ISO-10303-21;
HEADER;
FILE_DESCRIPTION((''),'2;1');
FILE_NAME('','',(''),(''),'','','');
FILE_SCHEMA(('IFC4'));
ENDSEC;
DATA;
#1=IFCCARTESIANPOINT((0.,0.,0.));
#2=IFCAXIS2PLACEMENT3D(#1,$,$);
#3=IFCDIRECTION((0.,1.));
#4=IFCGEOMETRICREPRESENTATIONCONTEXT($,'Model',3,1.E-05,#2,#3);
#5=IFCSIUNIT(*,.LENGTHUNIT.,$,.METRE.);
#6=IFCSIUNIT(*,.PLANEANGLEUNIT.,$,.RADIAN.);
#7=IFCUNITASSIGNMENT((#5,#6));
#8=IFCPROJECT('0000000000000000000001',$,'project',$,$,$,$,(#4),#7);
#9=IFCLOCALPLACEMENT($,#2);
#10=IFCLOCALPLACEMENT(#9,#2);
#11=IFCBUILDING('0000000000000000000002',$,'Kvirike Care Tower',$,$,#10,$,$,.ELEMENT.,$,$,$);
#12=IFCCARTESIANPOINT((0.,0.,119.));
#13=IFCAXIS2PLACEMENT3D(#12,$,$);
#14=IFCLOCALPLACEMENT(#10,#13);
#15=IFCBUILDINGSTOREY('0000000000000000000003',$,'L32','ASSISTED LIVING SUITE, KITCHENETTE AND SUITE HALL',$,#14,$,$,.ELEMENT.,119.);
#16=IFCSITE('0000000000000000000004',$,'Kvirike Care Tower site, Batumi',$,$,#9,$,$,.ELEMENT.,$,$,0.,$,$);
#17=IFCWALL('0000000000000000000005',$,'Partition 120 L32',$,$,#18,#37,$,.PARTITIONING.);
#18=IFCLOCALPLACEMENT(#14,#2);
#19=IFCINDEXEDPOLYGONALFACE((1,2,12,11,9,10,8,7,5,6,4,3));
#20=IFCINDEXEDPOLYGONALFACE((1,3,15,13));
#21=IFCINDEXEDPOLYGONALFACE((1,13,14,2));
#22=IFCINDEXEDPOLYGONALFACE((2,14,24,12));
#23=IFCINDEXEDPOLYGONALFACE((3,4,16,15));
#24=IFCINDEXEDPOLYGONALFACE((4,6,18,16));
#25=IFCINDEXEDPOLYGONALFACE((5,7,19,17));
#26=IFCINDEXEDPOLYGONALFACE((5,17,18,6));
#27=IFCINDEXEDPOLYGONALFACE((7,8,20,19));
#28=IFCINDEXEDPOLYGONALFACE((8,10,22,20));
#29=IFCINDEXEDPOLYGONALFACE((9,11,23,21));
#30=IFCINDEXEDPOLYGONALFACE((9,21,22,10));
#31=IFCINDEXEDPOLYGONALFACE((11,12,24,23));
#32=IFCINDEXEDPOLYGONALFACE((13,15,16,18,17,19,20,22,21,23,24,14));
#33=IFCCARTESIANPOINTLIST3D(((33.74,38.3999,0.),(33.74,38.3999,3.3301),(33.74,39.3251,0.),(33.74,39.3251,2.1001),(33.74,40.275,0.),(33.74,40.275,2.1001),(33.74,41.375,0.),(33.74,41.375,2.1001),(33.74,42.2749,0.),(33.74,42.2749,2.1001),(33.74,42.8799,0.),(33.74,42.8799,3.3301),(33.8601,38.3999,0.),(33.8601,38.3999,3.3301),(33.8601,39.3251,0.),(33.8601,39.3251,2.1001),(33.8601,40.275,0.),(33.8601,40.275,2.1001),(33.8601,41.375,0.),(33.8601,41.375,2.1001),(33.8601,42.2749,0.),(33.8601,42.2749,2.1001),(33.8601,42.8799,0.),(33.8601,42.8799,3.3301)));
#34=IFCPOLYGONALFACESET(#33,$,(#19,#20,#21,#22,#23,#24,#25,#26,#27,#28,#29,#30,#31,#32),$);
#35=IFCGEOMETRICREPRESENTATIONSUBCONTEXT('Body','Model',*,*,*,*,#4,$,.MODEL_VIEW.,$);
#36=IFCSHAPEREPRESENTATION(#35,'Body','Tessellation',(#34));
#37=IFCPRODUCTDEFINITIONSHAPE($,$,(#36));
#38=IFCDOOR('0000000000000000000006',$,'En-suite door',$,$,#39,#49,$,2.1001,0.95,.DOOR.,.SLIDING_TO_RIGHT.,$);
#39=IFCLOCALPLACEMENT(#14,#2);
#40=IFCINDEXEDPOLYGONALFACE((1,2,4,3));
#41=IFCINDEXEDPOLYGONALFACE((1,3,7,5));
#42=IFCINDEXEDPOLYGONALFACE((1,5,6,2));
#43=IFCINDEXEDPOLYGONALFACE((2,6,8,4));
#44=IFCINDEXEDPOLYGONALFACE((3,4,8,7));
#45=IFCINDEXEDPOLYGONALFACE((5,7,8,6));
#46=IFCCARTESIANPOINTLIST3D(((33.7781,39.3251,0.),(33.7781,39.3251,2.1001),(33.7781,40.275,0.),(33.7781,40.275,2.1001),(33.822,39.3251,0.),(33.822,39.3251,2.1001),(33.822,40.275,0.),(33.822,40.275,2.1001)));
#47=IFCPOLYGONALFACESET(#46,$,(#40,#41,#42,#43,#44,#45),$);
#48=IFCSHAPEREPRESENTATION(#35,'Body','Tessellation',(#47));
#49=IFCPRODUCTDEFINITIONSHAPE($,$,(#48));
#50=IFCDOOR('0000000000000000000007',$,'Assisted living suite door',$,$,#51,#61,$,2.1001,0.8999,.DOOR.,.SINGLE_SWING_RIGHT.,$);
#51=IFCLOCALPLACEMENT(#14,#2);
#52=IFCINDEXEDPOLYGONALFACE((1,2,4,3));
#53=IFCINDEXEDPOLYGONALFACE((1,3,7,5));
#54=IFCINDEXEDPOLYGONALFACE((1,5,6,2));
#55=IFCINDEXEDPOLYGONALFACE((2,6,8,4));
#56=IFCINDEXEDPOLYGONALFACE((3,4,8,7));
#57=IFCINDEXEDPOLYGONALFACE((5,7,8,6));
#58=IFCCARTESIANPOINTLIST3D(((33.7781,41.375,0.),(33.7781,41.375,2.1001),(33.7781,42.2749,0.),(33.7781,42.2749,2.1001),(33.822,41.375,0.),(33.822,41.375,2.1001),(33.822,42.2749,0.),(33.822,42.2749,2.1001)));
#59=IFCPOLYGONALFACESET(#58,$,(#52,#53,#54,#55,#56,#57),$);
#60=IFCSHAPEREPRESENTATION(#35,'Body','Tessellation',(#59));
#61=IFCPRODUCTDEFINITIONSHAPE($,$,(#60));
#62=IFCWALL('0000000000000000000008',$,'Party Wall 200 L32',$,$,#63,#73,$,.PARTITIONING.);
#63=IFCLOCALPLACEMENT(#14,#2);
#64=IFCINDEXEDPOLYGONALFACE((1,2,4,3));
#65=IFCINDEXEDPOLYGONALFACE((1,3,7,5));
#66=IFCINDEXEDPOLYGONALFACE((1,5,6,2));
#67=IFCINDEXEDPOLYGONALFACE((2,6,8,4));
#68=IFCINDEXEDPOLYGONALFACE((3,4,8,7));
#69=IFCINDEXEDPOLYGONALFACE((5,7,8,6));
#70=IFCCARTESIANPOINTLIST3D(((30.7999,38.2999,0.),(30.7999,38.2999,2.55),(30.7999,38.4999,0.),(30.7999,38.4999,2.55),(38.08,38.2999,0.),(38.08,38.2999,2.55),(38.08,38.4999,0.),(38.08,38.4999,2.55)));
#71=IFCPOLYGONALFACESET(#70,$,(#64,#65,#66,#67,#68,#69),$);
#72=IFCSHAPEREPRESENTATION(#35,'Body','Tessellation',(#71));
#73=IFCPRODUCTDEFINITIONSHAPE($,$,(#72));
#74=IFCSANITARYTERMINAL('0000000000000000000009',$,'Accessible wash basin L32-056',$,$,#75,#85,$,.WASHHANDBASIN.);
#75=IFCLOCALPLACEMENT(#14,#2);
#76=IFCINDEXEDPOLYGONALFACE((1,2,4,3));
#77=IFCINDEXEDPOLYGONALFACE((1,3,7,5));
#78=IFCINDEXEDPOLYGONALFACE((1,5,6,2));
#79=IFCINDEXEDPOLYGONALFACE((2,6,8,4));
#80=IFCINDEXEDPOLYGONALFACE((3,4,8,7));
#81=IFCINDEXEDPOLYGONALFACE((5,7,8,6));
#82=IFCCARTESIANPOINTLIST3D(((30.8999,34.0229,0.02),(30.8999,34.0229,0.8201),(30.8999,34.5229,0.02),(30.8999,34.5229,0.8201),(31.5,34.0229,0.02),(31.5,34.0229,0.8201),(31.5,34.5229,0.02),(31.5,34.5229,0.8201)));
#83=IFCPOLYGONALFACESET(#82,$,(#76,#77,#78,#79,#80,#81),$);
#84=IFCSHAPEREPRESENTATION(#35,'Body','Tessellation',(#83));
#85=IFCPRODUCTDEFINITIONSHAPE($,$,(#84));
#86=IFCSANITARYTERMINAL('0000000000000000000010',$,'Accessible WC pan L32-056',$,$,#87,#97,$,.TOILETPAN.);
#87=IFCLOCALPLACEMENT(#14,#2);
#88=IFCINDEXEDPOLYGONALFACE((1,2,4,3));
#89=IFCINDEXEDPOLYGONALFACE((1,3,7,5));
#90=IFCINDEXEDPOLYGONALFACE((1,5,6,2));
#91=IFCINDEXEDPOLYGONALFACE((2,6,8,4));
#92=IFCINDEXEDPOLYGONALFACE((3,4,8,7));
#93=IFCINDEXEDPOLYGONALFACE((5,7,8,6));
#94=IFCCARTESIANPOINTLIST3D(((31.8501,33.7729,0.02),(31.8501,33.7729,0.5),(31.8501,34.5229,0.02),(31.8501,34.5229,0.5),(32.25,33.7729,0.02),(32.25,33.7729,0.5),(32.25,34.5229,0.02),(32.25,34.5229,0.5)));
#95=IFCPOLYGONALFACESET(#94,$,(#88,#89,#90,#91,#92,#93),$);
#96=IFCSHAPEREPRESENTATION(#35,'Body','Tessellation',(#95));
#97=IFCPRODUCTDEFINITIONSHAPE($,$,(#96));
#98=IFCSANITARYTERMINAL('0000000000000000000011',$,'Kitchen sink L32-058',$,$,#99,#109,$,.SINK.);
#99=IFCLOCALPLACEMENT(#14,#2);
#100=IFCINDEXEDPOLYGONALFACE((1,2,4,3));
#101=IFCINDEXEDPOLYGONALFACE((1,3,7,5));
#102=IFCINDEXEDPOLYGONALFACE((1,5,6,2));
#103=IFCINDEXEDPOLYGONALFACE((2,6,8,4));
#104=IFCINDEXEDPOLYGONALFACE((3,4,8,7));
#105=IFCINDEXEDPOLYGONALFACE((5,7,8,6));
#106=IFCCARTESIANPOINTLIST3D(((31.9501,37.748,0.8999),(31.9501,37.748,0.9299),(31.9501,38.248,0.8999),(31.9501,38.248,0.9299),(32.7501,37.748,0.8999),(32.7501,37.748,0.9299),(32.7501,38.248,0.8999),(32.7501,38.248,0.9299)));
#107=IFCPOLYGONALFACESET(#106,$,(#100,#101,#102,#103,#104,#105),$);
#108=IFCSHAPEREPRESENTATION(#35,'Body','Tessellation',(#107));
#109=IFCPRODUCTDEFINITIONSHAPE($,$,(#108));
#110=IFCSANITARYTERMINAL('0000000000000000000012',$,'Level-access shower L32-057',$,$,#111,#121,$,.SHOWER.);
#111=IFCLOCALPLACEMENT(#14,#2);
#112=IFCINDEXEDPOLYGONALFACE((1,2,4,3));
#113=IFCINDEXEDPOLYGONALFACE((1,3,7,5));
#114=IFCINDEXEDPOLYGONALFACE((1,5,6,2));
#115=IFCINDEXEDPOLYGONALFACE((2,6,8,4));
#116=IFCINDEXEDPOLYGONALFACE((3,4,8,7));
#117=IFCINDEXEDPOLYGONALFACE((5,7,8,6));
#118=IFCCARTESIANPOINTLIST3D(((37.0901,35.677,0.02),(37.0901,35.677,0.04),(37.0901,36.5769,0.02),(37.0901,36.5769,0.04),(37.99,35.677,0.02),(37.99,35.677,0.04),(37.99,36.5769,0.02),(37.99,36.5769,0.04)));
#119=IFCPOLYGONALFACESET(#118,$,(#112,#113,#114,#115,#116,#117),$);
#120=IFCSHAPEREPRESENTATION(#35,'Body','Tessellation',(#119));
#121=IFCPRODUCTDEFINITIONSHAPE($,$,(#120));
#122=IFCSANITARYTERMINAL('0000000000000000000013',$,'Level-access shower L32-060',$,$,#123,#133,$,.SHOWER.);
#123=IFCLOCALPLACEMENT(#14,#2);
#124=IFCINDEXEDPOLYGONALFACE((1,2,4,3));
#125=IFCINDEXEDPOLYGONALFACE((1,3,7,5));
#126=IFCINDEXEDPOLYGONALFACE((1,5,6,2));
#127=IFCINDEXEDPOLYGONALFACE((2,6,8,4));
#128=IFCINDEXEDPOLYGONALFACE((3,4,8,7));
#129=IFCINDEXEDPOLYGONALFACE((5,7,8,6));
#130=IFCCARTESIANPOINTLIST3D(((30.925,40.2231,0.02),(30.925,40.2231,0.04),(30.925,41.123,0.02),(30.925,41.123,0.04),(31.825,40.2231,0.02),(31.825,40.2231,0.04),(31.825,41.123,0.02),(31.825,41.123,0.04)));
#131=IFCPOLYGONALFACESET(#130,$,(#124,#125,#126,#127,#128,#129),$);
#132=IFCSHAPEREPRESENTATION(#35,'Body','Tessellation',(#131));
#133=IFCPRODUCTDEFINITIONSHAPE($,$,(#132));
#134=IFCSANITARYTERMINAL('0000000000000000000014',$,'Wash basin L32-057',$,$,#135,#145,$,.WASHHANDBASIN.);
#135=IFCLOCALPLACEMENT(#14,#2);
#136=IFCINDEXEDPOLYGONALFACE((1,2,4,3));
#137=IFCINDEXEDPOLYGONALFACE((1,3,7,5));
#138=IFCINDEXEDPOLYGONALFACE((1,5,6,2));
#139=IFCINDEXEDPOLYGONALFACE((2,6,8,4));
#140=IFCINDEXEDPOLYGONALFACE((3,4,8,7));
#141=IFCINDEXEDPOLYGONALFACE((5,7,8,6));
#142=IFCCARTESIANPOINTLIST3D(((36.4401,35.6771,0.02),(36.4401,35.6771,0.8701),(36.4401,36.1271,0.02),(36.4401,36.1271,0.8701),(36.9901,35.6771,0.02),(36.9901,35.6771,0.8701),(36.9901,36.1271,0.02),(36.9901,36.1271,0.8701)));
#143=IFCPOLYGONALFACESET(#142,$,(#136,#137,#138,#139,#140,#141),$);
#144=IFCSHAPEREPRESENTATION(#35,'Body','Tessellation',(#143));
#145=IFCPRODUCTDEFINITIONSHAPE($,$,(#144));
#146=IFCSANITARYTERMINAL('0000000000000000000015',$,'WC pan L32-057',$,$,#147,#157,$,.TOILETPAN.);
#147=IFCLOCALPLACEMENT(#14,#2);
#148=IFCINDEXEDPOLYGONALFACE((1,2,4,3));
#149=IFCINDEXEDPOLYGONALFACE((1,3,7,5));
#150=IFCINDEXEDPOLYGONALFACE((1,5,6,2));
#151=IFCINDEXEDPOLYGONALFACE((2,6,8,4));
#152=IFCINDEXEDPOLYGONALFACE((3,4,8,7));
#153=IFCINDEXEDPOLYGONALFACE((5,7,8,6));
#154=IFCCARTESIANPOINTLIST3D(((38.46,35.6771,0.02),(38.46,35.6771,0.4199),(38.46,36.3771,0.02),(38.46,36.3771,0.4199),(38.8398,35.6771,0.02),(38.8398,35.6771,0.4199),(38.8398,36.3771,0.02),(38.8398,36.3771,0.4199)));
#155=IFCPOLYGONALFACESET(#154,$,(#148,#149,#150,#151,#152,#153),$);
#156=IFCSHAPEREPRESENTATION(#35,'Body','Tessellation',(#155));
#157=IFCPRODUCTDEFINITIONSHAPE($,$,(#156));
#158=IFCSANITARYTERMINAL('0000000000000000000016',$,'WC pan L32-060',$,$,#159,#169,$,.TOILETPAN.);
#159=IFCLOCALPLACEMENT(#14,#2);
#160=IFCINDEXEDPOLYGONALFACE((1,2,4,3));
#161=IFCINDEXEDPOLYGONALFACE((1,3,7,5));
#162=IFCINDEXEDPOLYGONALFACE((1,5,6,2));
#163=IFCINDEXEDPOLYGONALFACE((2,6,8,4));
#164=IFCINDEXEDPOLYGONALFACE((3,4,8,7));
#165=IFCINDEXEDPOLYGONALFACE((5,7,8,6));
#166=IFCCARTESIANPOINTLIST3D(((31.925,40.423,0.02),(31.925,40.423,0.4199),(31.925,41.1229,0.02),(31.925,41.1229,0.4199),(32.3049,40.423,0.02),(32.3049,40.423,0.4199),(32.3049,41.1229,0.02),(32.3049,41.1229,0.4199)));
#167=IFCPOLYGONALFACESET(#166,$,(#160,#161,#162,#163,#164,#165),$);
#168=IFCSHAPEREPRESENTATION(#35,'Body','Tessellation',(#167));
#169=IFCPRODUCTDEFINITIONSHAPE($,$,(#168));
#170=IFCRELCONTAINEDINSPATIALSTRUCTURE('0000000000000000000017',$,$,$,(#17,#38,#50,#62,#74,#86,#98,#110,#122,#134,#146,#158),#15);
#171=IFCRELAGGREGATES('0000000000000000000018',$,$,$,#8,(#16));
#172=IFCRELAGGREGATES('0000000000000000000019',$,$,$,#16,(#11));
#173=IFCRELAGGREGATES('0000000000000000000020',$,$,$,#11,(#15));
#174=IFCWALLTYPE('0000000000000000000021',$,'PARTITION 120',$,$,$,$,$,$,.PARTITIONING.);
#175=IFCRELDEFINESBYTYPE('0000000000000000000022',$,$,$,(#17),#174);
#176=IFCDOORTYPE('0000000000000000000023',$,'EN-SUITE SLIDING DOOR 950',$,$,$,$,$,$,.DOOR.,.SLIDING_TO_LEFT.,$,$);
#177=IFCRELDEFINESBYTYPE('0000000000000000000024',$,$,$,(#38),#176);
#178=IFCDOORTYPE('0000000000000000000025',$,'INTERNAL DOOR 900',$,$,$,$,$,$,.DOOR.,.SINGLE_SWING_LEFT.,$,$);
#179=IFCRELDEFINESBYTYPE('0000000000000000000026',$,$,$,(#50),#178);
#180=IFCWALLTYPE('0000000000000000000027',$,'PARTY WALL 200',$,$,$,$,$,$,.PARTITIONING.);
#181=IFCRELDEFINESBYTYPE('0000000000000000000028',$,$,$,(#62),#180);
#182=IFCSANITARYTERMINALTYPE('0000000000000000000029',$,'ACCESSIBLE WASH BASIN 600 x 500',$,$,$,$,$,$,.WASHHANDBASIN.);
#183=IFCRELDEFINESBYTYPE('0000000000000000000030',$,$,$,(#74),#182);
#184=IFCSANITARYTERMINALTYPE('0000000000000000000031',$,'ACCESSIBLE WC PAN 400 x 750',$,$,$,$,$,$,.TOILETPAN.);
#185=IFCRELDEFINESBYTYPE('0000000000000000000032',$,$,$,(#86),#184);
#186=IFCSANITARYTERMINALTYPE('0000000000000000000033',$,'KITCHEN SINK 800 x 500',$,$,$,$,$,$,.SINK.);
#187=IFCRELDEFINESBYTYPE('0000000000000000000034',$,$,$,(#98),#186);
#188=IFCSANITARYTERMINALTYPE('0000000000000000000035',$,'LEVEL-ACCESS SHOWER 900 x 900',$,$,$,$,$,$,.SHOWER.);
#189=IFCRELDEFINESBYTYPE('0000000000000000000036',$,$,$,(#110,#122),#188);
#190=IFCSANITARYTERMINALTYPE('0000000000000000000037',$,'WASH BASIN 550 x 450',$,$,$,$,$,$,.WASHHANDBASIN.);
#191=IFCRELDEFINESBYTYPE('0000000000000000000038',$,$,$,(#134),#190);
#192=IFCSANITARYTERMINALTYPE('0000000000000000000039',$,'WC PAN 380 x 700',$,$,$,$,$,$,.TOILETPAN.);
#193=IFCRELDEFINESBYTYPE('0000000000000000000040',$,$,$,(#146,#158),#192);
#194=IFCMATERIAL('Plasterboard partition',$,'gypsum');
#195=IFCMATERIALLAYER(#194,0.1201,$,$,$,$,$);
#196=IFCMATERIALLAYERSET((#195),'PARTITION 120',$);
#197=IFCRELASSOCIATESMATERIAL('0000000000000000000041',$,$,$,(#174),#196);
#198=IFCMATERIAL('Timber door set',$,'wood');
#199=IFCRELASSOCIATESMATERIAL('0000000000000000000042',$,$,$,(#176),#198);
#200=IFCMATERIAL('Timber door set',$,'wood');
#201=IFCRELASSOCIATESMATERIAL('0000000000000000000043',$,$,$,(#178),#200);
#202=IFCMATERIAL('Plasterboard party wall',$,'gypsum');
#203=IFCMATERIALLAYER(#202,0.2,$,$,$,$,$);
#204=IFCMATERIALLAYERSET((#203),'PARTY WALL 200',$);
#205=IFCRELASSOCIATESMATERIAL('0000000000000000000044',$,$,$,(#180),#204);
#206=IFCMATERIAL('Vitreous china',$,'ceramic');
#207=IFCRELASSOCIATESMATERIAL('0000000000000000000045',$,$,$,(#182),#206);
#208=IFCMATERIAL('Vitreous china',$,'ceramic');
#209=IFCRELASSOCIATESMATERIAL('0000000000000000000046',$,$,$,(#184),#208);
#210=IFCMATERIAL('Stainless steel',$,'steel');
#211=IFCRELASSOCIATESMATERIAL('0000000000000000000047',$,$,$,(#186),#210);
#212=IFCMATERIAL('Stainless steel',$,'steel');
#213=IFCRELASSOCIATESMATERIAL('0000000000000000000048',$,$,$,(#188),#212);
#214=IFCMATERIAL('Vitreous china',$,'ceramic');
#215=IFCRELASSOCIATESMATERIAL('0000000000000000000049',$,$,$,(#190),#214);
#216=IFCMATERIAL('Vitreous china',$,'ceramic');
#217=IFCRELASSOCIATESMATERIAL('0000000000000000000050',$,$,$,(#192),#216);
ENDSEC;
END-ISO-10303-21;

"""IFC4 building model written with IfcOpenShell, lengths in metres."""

from ifc_helpers import new_model, si_unit, direction, frame, frame_2d, origin, origin_2d, place, context, subcontext, project, spatial, rectangle, extrude, material, layer, layer_set, type_object, element, fill, save


model = new_model("IFC4")

# Units and contexts
model_context = context("Model", 3, precision=1e-05, world=origin(), true_north=direction((0.0, 1.0)))
body_context = subcontext(model_context, "Body", "Model", "MODEL_VIEW")
ifc_project = project(units=[si_unit("LENGTHUNIT", "METRE"), si_unit("PLANEANGLEUNIT", "RADIAN")], contexts=[model_context])

# Site, building, storey
site_placement = place(None, origin())
site = spatial("IfcSite", under=ifc_project, at=site_placement, Name="Kvirike Care Tower site, Batumi", CompositionType="ELEMENT", RefElevation=0.0)
building_placement = place(site_placement, origin())
building = spatial("IfcBuilding", under=site, at=building_placement, Name="Kvirike Care Tower", CompositionType="ELEMENT")
storey_placement = place(building_placement, frame((0.0, 0.0, 119.0)))
storey = spatial("IfcBuildingStorey", under=building, at=storey_placement, Name="L32", Description="ASSISTED LIVING SUITE, KITCHENETTE AND SUITE HALL", CompositionType="ELEMENT", Elevation=119.0)

# Wall, openings, doors
ifc_material_1 = material(Name="Plasterboard partition", Category="gypsum")
ifc_layer_1 = layer(ifc_material_1, 0.1201)
ifc_layer_set_1 = layer_set([ifc_layer_1], Name="PARTITION 120")
wall_type_1 = type_object("IfcWallType", Name="PARTITION 120", PredefinedType="PARTITIONING", material=ifc_layer_set_1)
wall_1_placement = place(storey_placement, frame((33.8, 38.3999, 0.0), z_axis=(0.0, 0.0, 1.0), x_axis=(0.0, 1.0, 0.0)))
wall_1 = element("IfcWall", 1, at=wall_1_placement, inside=storey, type_object=wall_type_1, Name="Partition 120 L32", PredefinedType="PARTITIONING", context=body_context, shape_type="SweptSolid", body=[
    extrude(rectangle(XDim=4.48, YDim=0.1201, at=frame_2d((2.24, 0.0))), origin(), (0.0, 0.0, 1.0), 3.3301),
])
opening_1_placement = place(wall_1_placement, frame((2.9751, 0.0, 0.0)))
opening_1 = element("IfcOpeningElement", 2, at=opening_1_placement, cuts=wall_1, PredefinedType="OPENING", context=body_context, shape_type="SweptSolid", body=[
    extrude(rectangle(XDim=0.8999, YDim=2.1001, at=frame_2d((0.45, 1.05))), frame((0.0, 0.0706, 0.0), z_axis=(0.0, -1.0, 0.0), x_axis=(1.0, 0.0, 0.0)), (0.0, 0.0, 1.0), 0.1411),
])
opening_2_placement = place(wall_1_placement, frame((0.925, 0.0, 0.0)))
opening_2 = element("IfcOpeningElement", 3, at=opening_2_placement, cuts=wall_1, PredefinedType="OPENING", context=body_context, shape_type="SweptSolid", body=[
    extrude(rectangle(XDim=0.95, YDim=2.1001, at=frame_2d((0.4751, 1.05))), frame((0.0, 0.0706, 0.0), z_axis=(0.0, -1.0, 0.0), x_axis=(1.0, 0.0, 0.0)), (0.0, 0.0, 1.0), 0.1411),
])
ifc_material_2 = material(Name="Timber door set", Category="wood")
door_type_1 = type_object("IfcDoorType", Name="EN-SUITE SLIDING DOOR 950", OperationType="SLIDING_TO_LEFT", PredefinedType="DOOR", material=ifc_material_2)
door_1_placement = place(opening_2_placement, origin())
door_1 = element("IfcDoor", 4, at=door_1_placement, inside=storey, type_object=door_type_1, Name="En-suite door", OperationType="SLIDING_TO_RIGHT", OverallHeight=2.1001, OverallWidth=0.95, PredefinedType="DOOR", context=body_context, shape_type="SweptSolid", body=[
    extrude(rectangle(XDim=0.95, YDim=2.1001, at=frame_2d((0.4751, 1.05))), frame((0.0, 0.022, 0.0), z_axis=(0.0, -1.0, 0.0), x_axis=(1.0, 0.0, 0.0)), (0.0, 0.0, 1.0), 0.0439),
])
fill(opening_2, door_1)
ifc_material_3 = material(Name="Timber door set", Category="wood")
door_type_2 = type_object("IfcDoorType", Name="INTERNAL DOOR 900", OperationType="SINGLE_SWING_LEFT", PredefinedType="DOOR", material=ifc_material_3)
door_2_placement = place(opening_1_placement, origin())
door_2 = element("IfcDoor", 5, at=door_2_placement, inside=storey, type_object=door_type_2, Name="Assisted living suite door", OperationType="SINGLE_SWING_RIGHT", OverallHeight=2.1001, OverallWidth=0.8999, PredefinedType="DOOR", context=body_context, shape_type="SweptSolid", body=[
    extrude(rectangle(XDim=0.8999, YDim=2.1001, at=frame_2d((0.45, 1.05))), frame((0.0, 0.022, 0.0), z_axis=(0.0, -1.0, 0.0), x_axis=(1.0, 0.0, 0.0)), (0.0, 0.0, 1.0), 0.0439),
])
fill(opening_1, door_2)

# Wall
ifc_material_4 = material(Name="Plasterboard party wall", Category="gypsum")
ifc_layer_2 = layer(ifc_material_4, 0.2)
ifc_layer_set_2 = layer_set([ifc_layer_2], Name="PARTY WALL 200")
wall_type_2 = type_object("IfcWallType", Name="PARTY WALL 200", PredefinedType="PARTITIONING", material=ifc_layer_set_2)
wall_2_placement = place(storey_placement, frame((38.0801, 38.3999, 0.0), z_axis=(0.0, 0.0, 1.0), x_axis=(-1.0, 0.0, 0.0)))
element("IfcWall", 6, at=wall_2_placement, inside=storey, type_object=wall_type_2, Name="Party Wall 200 L32", PredefinedType="PARTITIONING", context=body_context, shape_type="SweptSolid", body=[
    extrude(rectangle(XDim=7.28, YDim=0.2, at=frame_2d((3.6401, 0.0))), origin(), (0.0, 0.0, 1.0), 2.55),
])

# Sanitary terminals
ifc_material_5 = material(Name="Vitreous china", Category="ceramic")
sanitary_terminal_type_1 = type_object("IfcSanitaryTerminalType", Name="ACCESSIBLE WASH BASIN 600 x 500", PredefinedType="WASHHANDBASIN", material=ifc_material_5)
sanitary_terminal_1_placement = place(storey_placement, frame((31.2, 34.2729, 0.02), z_axis=(0.0, 0.0, 1.0), x_axis=(1.0, 0.0, 0.0)))
element("IfcSanitaryTerminal", 7, at=sanitary_terminal_1_placement, inside=storey, type_object=sanitary_terminal_type_1, Name="Accessible wash basin L32-056", PredefinedType="WASHHANDBASIN", context=body_context, shape_type="SweptSolid", body=[
    extrude(rectangle(XDim=0.6001, YDim=0.5, at=origin_2d()), origin(), (0.0, 0.0, 1.0), 0.8),
])
ifc_material_6 = material(Name="Vitreous china", Category="ceramic")
sanitary_terminal_type_2 = type_object("IfcSanitaryTerminalType", Name="ACCESSIBLE WC PAN 400 x 750", PredefinedType="TOILETPAN", material=ifc_material_6)
sanitary_terminal_2_placement = place(storey_placement, frame((32.05, 34.1479, 0.02), z_axis=(0.0, 0.0, 1.0), x_axis=(1.0, 0.0, 0.0)))
element("IfcSanitaryTerminal", 8, at=sanitary_terminal_2_placement, inside=storey, type_object=sanitary_terminal_type_2, Name="Accessible WC pan L32-056", PredefinedType="TOILETPAN", context=body_context, shape_type="SweptSolid", body=[
    extrude(rectangle(XDim=0.3999, YDim=0.75, at=origin_2d()), origin(), (0.0, 0.0, 1.0), 0.48),
])
ifc_material_7 = material(Name="Stainless steel", Category="steel")
sanitary_terminal_type_3 = type_object("IfcSanitaryTerminalType", Name="KITCHEN SINK 800 x 500", PredefinedType="SINK", material=ifc_material_7)
sanitary_terminal_3_placement = place(storey_placement, frame((32.3501, 37.998, 0.8999), z_axis=(0.0, 0.0, 1.0), x_axis=(1.0, 0.0, 0.0)))
element("IfcSanitaryTerminal", 9, at=sanitary_terminal_3_placement, inside=storey, type_object=sanitary_terminal_type_3, Name="Kitchen sink L32-058", PredefinedType="SINK", context=body_context, shape_type="SweptSolid", body=[
    extrude(rectangle(XDim=0.8, YDim=0.5, at=origin_2d()), origin(), (0.0, 0.0, 1.0), 0.03),
])
ifc_material_8 = material(Name="Stainless steel", Category="steel")
sanitary_terminal_type_4 = type_object("IfcSanitaryTerminalType", Name="LEVEL-ACCESS SHOWER 900 x 900", PredefinedType="SHOWER", material=ifc_material_8)
for number, where, z_axis, x_axis, name in (
    (10, (37.54, 36.127, 0.02), (0.0, 0.0, 1.0), (-1.0, 0.0, 0.0), "Level-access shower L32-057"),
    (11, (31.375, 40.6731, 0.02), (0.0, 0.0, 1.0), (1.0, 0.0, 0.0), "Level-access shower L32-060"),
):
    element("IfcSanitaryTerminal", number, at=place(storey_placement, frame(where, z_axis=z_axis, x_axis=x_axis)), inside=storey, type_object=sanitary_terminal_type_4, Name=name, PredefinedType="SHOWER", context=body_context, shape_type="SweptSolid", body=[
        extrude(rectangle(XDim=0.8999, YDim=0.8999, at=origin_2d()), origin(), (0.0, 0.0, 1.0), 0.02),
    ])
ifc_material_9 = material(Name="Vitreous china", Category="ceramic")
sanitary_terminal_type_5 = type_object("IfcSanitaryTerminalType", Name="WASH BASIN 550 x 450", PredefinedType="WASHHANDBASIN", material=ifc_material_9)
sanitary_terminal_4_placement = place(storey_placement, frame((36.7151, 35.9021, 0.02), z_axis=(0.0, 0.0, 1.0), x_axis=(-1.0, 0.0, 0.0)))
element("IfcSanitaryTerminal", 12, at=sanitary_terminal_4_placement, inside=storey, type_object=sanitary_terminal_type_5, Name="Wash basin L32-057", PredefinedType="WASHHANDBASIN", context=body_context, shape_type="SweptSolid", body=[
    extrude(rectangle(XDim=0.55, YDim=0.45, at=origin_2d()), origin(), (0.0, 0.0, 1.0), 0.8501),
])
ifc_material_10 = material(Name="Vitreous china", Category="ceramic")
sanitary_terminal_type_6 = type_object("IfcSanitaryTerminalType", Name="WC PAN 380 x 700", PredefinedType="TOILETPAN", material=ifc_material_10)
for number, where, z_axis, x_axis, name in (
    (13, (38.6499, 36.0271, 0.02), (0.0, 0.0, 1.0), (-1.0, 0.0, 0.0), "WC pan L32-057"),
    (14, (32.115, 40.7729, 0.02), (0.0, 0.0, 1.0), (1.0, 0.0, 0.0), "WC pan L32-060"),
):
    element("IfcSanitaryTerminal", number, at=place(storey_placement, frame(where, z_axis=z_axis, x_axis=x_axis)), inside=storey, type_object=sanitary_terminal_type_6, Name=name, PredefinedType="TOILETPAN", context=body_context, shape_type="SweptSolid", body=[
        extrude(rectangle(XDim=0.3799, YDim=0.7, at=origin_2d()), origin(), (0.0, 0.0, 1.0), 0.3999),
    ])

save(model, "model.ifc")
